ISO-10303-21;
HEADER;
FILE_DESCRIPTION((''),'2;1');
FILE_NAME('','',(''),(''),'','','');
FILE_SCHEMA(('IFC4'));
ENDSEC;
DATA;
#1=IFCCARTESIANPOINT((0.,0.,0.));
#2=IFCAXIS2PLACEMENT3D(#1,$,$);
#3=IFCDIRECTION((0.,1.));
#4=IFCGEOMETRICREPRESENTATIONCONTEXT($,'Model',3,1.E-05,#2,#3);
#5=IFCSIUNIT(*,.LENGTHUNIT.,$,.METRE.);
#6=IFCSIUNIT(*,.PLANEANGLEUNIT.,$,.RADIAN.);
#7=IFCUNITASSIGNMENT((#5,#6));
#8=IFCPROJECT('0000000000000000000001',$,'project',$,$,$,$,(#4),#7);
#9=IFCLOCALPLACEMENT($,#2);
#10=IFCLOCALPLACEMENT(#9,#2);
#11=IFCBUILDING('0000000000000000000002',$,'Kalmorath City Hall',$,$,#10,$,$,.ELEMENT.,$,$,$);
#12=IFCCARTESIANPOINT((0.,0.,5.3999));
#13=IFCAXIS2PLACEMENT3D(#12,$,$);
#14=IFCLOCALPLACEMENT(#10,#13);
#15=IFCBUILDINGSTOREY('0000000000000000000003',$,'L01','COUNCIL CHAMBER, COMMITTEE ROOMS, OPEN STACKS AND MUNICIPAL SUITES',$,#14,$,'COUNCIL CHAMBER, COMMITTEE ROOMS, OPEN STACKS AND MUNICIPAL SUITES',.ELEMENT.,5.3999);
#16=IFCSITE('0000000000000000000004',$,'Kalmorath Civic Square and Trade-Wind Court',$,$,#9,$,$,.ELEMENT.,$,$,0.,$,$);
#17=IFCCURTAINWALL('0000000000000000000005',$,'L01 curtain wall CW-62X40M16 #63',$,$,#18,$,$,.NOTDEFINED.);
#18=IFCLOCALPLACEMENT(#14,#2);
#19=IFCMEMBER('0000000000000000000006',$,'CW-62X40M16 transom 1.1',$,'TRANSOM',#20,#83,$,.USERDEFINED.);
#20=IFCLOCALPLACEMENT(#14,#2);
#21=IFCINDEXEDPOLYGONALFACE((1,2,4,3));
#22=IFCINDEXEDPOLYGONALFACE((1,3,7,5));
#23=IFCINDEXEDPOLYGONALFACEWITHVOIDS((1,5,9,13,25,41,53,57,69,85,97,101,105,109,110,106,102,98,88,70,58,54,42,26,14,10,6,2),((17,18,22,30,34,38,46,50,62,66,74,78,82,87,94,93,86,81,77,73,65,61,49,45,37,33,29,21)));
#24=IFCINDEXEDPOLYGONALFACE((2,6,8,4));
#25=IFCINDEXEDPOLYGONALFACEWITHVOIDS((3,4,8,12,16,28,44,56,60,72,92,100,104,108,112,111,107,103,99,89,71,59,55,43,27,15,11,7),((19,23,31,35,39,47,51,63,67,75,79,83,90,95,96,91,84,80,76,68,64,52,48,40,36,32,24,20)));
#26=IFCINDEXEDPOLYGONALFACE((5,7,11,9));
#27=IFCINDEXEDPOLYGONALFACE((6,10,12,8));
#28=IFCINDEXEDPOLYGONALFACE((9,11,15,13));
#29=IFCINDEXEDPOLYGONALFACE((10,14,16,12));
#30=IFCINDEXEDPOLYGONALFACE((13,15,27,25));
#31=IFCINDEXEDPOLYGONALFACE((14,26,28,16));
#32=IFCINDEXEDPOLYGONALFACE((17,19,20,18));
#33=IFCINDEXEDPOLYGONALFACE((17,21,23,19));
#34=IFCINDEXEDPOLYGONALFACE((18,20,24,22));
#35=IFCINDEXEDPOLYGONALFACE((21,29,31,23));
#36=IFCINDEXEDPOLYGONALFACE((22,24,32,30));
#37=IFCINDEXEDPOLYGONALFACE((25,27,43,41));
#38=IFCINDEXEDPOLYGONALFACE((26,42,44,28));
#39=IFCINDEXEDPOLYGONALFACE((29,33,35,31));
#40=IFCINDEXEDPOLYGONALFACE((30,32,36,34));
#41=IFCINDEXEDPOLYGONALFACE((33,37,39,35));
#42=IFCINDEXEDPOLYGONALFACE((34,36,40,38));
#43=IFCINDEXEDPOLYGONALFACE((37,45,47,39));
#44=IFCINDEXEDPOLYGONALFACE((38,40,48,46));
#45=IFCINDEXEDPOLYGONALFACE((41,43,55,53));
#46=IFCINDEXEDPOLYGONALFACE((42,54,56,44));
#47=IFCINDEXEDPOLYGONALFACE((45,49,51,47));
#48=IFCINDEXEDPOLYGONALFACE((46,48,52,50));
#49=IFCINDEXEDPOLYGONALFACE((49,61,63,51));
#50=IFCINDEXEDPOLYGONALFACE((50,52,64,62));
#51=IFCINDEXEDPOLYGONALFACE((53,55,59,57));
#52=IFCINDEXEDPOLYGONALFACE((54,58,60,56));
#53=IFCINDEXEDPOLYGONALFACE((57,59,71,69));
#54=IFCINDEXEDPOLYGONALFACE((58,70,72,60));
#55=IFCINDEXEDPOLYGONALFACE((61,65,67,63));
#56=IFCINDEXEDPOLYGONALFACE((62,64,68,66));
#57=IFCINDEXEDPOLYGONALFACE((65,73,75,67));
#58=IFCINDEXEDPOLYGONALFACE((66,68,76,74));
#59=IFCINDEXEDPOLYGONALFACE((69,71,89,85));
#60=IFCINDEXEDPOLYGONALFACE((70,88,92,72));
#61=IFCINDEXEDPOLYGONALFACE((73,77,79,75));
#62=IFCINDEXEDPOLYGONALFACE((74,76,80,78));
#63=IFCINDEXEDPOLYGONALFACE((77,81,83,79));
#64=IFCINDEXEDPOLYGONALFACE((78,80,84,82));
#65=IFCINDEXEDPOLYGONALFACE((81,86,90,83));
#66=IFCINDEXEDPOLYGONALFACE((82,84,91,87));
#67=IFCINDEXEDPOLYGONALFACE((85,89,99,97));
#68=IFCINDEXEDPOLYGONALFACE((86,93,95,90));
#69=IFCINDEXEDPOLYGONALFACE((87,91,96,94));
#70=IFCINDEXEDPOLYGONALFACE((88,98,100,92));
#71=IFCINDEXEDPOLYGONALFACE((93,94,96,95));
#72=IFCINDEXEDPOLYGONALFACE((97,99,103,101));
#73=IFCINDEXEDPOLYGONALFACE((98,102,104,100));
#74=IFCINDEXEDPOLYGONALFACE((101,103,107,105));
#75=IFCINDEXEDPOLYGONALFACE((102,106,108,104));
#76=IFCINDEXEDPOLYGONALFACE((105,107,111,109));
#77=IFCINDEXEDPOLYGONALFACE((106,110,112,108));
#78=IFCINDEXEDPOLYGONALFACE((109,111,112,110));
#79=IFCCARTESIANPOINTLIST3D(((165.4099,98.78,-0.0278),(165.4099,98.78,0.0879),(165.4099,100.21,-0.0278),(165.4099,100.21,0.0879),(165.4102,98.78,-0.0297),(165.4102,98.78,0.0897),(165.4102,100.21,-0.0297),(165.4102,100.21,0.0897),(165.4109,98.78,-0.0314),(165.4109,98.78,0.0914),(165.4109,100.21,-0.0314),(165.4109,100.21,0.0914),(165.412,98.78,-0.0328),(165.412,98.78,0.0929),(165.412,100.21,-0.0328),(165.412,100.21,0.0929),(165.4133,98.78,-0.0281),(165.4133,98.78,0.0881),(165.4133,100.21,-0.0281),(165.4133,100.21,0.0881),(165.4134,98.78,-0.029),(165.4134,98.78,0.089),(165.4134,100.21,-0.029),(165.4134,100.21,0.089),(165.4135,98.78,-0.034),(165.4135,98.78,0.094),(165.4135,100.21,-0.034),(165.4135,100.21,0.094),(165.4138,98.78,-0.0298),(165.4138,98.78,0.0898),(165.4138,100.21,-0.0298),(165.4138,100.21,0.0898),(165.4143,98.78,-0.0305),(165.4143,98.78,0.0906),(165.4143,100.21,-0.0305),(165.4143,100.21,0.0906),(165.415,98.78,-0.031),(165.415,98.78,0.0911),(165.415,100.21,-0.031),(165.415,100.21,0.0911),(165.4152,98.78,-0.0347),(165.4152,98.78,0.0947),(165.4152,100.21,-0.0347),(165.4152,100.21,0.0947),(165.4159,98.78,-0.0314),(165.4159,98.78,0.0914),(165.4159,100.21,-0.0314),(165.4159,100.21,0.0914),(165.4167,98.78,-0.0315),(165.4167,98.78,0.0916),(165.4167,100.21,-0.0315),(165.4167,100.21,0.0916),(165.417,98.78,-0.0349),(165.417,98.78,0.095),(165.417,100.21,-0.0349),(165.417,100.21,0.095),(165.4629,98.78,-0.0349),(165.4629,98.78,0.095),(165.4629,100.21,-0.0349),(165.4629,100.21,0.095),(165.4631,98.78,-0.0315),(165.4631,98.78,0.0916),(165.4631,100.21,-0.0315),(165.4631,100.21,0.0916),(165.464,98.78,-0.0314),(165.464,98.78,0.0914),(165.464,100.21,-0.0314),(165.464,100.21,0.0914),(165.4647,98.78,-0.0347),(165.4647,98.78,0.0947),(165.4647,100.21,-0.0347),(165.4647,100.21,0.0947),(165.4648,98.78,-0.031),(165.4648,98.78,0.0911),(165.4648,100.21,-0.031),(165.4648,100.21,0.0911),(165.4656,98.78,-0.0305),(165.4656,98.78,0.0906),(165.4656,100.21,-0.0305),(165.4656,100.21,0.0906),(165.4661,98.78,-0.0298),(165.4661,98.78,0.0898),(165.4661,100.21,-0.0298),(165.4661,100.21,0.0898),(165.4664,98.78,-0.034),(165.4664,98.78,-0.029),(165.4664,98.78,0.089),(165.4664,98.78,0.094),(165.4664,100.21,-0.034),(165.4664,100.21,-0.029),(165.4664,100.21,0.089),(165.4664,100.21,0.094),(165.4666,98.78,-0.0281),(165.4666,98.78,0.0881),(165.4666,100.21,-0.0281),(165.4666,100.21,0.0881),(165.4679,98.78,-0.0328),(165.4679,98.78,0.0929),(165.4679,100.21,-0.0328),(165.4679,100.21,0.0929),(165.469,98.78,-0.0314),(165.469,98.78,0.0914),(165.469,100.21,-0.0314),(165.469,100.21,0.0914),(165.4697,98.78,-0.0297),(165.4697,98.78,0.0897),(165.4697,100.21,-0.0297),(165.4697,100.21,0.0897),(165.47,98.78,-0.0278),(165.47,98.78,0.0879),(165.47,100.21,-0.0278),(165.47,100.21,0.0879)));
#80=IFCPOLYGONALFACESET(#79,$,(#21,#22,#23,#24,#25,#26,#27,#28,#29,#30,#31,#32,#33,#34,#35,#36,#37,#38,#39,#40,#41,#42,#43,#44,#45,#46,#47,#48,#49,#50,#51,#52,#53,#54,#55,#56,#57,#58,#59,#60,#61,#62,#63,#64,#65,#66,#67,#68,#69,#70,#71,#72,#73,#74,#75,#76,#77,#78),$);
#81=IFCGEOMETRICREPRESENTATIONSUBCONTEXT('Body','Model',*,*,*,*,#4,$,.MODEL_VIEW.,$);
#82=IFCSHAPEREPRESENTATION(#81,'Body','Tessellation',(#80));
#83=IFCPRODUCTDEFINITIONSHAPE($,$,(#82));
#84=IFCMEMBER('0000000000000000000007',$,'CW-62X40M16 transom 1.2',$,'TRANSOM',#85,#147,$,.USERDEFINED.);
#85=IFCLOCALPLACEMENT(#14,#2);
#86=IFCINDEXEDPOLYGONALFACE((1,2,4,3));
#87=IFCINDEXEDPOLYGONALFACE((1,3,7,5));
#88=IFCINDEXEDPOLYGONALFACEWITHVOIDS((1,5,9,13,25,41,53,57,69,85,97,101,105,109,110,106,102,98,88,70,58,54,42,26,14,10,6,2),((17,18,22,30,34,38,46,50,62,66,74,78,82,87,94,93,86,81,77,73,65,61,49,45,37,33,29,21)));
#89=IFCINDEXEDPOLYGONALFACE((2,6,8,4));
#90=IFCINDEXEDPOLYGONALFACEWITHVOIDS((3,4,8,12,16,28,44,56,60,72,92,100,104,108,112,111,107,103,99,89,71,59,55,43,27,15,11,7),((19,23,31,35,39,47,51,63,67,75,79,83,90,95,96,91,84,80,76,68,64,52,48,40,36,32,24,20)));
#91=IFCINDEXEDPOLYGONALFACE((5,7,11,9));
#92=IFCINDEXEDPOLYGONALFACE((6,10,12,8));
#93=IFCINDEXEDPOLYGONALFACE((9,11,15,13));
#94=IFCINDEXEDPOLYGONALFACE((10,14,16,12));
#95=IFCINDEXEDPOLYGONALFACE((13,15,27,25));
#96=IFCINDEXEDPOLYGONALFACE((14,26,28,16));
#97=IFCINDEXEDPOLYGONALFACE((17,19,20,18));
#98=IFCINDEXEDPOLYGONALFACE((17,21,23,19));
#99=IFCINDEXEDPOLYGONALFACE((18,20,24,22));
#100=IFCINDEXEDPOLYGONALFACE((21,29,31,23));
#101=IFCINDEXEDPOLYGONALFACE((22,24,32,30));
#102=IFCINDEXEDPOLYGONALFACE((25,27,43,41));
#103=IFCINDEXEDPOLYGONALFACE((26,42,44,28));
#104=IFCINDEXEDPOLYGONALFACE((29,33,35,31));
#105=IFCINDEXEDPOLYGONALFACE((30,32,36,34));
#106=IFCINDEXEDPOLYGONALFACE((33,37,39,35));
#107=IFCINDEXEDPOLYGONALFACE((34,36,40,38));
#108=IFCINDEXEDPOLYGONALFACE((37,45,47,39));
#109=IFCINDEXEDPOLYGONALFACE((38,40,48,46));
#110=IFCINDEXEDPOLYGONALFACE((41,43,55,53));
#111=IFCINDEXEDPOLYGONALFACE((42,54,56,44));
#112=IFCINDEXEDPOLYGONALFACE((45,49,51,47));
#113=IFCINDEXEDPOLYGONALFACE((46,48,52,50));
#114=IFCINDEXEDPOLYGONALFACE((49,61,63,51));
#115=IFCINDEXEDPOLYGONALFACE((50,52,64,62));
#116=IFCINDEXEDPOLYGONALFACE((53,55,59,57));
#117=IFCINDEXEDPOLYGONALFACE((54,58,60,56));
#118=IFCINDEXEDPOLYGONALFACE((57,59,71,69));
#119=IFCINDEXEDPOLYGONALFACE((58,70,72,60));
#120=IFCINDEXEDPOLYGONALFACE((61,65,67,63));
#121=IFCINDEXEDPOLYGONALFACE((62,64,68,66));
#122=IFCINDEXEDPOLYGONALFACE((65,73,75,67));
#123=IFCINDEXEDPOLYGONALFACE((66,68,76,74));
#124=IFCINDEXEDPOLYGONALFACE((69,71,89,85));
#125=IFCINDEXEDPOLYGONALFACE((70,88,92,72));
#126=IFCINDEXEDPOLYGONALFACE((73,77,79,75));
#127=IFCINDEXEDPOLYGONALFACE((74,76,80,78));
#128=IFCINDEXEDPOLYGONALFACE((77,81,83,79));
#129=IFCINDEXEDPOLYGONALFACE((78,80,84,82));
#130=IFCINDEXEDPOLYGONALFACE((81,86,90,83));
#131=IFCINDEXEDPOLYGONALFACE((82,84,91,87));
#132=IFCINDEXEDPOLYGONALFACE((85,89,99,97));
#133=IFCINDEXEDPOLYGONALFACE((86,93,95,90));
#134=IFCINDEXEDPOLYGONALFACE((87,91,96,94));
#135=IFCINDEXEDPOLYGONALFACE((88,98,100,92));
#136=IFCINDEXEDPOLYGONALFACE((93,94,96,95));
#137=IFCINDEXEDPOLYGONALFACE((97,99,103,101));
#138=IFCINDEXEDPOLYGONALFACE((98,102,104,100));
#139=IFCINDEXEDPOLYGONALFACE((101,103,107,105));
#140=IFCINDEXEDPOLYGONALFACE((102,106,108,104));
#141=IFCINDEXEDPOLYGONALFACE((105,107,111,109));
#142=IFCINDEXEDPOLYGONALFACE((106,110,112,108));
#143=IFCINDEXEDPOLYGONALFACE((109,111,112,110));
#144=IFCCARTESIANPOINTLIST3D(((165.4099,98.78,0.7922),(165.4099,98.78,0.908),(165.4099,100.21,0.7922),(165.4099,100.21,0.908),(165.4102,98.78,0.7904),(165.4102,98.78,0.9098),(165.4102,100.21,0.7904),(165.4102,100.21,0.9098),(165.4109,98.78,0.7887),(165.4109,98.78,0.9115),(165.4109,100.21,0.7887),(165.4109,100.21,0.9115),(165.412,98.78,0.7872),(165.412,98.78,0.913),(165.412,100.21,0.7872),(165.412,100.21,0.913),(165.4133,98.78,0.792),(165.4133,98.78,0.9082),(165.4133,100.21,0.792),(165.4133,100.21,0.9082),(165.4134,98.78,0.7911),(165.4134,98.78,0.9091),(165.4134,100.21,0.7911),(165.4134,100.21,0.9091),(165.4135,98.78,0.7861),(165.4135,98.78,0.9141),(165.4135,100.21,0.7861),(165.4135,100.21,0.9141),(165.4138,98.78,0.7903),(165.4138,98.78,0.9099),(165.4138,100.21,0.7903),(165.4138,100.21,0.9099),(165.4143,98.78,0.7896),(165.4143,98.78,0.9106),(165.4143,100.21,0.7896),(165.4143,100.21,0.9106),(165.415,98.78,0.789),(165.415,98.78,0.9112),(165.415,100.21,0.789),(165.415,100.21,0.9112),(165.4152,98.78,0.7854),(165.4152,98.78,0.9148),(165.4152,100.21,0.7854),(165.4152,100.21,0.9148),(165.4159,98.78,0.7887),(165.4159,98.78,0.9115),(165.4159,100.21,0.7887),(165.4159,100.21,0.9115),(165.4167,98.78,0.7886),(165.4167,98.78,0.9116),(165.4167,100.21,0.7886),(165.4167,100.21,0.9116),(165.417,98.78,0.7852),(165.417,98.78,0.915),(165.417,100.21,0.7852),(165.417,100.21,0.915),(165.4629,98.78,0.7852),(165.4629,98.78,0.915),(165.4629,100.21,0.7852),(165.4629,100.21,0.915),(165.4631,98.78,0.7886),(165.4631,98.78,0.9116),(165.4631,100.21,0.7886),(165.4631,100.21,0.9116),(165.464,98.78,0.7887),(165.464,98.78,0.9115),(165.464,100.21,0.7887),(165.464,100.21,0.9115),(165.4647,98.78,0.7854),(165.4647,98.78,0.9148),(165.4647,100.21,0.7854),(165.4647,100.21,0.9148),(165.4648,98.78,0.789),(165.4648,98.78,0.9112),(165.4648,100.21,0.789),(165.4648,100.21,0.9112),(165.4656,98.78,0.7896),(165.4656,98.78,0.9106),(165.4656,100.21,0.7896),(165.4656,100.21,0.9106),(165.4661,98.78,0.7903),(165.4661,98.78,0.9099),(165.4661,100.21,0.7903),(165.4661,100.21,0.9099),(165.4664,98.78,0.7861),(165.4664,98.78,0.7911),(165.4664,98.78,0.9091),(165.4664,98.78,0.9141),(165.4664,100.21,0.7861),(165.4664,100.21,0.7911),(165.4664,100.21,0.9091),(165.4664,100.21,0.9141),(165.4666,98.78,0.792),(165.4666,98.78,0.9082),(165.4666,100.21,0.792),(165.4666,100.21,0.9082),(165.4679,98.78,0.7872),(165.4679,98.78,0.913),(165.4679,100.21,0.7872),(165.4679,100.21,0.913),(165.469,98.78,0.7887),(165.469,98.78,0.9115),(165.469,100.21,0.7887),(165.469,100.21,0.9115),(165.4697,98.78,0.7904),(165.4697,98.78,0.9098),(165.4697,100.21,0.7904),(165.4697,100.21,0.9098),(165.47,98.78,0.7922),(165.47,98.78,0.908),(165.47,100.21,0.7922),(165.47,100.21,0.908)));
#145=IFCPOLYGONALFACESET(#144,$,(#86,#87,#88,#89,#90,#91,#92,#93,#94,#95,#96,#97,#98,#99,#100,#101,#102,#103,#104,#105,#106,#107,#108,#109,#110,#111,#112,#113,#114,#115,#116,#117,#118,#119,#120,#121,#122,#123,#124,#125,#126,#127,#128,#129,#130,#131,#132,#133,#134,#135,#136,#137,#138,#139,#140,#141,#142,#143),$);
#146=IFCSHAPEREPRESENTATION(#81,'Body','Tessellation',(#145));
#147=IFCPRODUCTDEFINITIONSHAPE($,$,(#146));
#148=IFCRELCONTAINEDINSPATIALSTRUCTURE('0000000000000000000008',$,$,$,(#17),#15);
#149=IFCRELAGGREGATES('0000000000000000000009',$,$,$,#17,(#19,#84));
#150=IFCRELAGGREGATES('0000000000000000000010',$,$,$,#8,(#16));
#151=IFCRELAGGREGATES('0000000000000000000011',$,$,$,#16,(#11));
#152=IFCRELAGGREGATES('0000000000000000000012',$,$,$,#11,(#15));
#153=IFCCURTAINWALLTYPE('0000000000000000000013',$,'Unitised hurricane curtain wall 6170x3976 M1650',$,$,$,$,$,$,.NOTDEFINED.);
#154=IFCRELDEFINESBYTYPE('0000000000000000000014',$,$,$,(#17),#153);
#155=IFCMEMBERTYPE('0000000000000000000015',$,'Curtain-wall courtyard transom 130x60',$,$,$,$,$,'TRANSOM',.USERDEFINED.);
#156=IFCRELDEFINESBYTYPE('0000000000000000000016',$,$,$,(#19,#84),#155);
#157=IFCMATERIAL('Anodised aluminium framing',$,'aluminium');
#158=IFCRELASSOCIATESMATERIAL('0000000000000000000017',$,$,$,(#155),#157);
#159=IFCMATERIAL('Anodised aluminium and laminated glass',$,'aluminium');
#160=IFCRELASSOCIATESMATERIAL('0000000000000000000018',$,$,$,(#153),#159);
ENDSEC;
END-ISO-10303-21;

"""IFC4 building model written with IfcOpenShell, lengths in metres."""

from ifc_helpers import new_model, si_unit, direction, frame, origin, origin_2d, place, context, subcontext, project, spatial, hollow_rectangle, extrude, material, material_profile, profile_set, type_object, element, aggregate, save


model = new_model("IFC4")

# Units and contexts
model_context = context("Model", 3, precision=1e-05, world=origin(), true_north=direction((0.0, 1.0)))
body_context = subcontext(model_context, "Body", "Model", "MODEL_VIEW")
ifc_project = project(units=[si_unit("LENGTHUNIT", "METRE"), si_unit("PLANEANGLEUNIT", "RADIAN")], contexts=[model_context])

# Site, building, storey
site_placement = place(None, origin())
site = spatial("IfcSite", under=ifc_project, at=site_placement, Name="Kalmorath Civic Square and Trade-Wind Court", CompositionType="ELEMENT", RefElevation=0.0)
building_placement = place(site_placement, origin())
building = spatial("IfcBuilding", under=site, at=building_placement, Name="Kalmorath City Hall", CompositionType="ELEMENT")
storey_placement = place(building_placement, frame((0.0, 0.0, 5.3999)))
storey = spatial("IfcBuildingStorey", under=building, at=storey_placement, Name="L01", Description="COUNCIL CHAMBER, COMMITTEE ROOMS, OPEN STACKS AND MUNICIPAL SUITES", LongName="COUNCIL CHAMBER, COMMITTEE ROOMS, OPEN STACKS AND MUNICIPAL SUITES", CompositionType="ELEMENT", Elevation=5.3999)

# Curtain wall, members
ifc_material_1 = material(Name="Anodised aluminium framing", Category="aluminium")
ifc_material_profile_1 = material_profile(ifc_material_1, hollow_rectangle(XDim=0.0601, YDim=0.1299, WallThickness=0.0034, InnerFilletRadius=0.0034, OuterFilletRadius=0.0071, at=origin_2d()), Name="ALU-TRN-130X60X3.5")
ifc_profile_set_1 = profile_set([ifc_material_profile_1], Name="Anodised aluminium framing")
member_type_1 = type_object("IfcMemberType", Name="Curtain-wall courtyard transom 130x60", ElementType="TRANSOM", PredefinedType="USERDEFINED", material=ifc_profile_set_1)
ifc_material_2 = material(Name="Anodised aluminium and laminated glass", Category="aluminium")
curtain_wall_type_1 = type_object("IfcCurtainWallType", Name="Unitised hurricane curtain wall 6170x3976 M1650", PredefinedType="NOTDEFINED", material=ifc_material_2)
curtain_wall_1_placement = place(storey_placement, origin())
curtain_wall_1 = element("IfcCurtainWall", 1, at=curtain_wall_1_placement, inside=storey, type_object=curtain_wall_type_1, Name="L01 curtain wall CW-62X40M16 #63", PredefinedType="NOTDEFINED")
member_1_placement = place(storey_placement, frame((165.4399, 100.21, 0.03), z_axis=(0.0, -1.0, 0.0), x_axis=(1.0, 0.0, 0.0)))
member_1 = element("IfcMember", 2, at=member_1_placement, type_object=member_type_1, Name="CW-62X40M16 transom 1.1", ObjectType="TRANSOM", PredefinedType="USERDEFINED", context=body_context, shape_type="SweptSolid", body=[
    extrude(hollow_rectangle(XDim=0.0601, YDim=0.1299, WallThickness=0.0034, InnerFilletRadius=0.0034, OuterFilletRadius=0.0071, at=origin_2d()), origin(), (0.0, 0.0, 1.0), 1.4299),
])
member_2_placement = place(storey_placement, frame((165.4399, 100.21, 0.8501), z_axis=(0.0, -1.0, 0.0), x_axis=(1.0, 0.0, 0.0)))
member_2 = element("IfcMember", 3, at=member_2_placement, type_object=member_type_1, Name="CW-62X40M16 transom 1.2", ObjectType="TRANSOM", PredefinedType="USERDEFINED", context=body_context, shape_type="SweptSolid", body=[
    extrude(hollow_rectangle(XDim=0.0601, YDim=0.1299, WallThickness=0.0034, InnerFilletRadius=0.0034, OuterFilletRadius=0.0071, at=origin_2d()), origin(), (0.0, 0.0, 1.0), 1.4299),
])

aggregate(curtain_wall_1, [member_1, member_2])

save(model, "model.ifc")
